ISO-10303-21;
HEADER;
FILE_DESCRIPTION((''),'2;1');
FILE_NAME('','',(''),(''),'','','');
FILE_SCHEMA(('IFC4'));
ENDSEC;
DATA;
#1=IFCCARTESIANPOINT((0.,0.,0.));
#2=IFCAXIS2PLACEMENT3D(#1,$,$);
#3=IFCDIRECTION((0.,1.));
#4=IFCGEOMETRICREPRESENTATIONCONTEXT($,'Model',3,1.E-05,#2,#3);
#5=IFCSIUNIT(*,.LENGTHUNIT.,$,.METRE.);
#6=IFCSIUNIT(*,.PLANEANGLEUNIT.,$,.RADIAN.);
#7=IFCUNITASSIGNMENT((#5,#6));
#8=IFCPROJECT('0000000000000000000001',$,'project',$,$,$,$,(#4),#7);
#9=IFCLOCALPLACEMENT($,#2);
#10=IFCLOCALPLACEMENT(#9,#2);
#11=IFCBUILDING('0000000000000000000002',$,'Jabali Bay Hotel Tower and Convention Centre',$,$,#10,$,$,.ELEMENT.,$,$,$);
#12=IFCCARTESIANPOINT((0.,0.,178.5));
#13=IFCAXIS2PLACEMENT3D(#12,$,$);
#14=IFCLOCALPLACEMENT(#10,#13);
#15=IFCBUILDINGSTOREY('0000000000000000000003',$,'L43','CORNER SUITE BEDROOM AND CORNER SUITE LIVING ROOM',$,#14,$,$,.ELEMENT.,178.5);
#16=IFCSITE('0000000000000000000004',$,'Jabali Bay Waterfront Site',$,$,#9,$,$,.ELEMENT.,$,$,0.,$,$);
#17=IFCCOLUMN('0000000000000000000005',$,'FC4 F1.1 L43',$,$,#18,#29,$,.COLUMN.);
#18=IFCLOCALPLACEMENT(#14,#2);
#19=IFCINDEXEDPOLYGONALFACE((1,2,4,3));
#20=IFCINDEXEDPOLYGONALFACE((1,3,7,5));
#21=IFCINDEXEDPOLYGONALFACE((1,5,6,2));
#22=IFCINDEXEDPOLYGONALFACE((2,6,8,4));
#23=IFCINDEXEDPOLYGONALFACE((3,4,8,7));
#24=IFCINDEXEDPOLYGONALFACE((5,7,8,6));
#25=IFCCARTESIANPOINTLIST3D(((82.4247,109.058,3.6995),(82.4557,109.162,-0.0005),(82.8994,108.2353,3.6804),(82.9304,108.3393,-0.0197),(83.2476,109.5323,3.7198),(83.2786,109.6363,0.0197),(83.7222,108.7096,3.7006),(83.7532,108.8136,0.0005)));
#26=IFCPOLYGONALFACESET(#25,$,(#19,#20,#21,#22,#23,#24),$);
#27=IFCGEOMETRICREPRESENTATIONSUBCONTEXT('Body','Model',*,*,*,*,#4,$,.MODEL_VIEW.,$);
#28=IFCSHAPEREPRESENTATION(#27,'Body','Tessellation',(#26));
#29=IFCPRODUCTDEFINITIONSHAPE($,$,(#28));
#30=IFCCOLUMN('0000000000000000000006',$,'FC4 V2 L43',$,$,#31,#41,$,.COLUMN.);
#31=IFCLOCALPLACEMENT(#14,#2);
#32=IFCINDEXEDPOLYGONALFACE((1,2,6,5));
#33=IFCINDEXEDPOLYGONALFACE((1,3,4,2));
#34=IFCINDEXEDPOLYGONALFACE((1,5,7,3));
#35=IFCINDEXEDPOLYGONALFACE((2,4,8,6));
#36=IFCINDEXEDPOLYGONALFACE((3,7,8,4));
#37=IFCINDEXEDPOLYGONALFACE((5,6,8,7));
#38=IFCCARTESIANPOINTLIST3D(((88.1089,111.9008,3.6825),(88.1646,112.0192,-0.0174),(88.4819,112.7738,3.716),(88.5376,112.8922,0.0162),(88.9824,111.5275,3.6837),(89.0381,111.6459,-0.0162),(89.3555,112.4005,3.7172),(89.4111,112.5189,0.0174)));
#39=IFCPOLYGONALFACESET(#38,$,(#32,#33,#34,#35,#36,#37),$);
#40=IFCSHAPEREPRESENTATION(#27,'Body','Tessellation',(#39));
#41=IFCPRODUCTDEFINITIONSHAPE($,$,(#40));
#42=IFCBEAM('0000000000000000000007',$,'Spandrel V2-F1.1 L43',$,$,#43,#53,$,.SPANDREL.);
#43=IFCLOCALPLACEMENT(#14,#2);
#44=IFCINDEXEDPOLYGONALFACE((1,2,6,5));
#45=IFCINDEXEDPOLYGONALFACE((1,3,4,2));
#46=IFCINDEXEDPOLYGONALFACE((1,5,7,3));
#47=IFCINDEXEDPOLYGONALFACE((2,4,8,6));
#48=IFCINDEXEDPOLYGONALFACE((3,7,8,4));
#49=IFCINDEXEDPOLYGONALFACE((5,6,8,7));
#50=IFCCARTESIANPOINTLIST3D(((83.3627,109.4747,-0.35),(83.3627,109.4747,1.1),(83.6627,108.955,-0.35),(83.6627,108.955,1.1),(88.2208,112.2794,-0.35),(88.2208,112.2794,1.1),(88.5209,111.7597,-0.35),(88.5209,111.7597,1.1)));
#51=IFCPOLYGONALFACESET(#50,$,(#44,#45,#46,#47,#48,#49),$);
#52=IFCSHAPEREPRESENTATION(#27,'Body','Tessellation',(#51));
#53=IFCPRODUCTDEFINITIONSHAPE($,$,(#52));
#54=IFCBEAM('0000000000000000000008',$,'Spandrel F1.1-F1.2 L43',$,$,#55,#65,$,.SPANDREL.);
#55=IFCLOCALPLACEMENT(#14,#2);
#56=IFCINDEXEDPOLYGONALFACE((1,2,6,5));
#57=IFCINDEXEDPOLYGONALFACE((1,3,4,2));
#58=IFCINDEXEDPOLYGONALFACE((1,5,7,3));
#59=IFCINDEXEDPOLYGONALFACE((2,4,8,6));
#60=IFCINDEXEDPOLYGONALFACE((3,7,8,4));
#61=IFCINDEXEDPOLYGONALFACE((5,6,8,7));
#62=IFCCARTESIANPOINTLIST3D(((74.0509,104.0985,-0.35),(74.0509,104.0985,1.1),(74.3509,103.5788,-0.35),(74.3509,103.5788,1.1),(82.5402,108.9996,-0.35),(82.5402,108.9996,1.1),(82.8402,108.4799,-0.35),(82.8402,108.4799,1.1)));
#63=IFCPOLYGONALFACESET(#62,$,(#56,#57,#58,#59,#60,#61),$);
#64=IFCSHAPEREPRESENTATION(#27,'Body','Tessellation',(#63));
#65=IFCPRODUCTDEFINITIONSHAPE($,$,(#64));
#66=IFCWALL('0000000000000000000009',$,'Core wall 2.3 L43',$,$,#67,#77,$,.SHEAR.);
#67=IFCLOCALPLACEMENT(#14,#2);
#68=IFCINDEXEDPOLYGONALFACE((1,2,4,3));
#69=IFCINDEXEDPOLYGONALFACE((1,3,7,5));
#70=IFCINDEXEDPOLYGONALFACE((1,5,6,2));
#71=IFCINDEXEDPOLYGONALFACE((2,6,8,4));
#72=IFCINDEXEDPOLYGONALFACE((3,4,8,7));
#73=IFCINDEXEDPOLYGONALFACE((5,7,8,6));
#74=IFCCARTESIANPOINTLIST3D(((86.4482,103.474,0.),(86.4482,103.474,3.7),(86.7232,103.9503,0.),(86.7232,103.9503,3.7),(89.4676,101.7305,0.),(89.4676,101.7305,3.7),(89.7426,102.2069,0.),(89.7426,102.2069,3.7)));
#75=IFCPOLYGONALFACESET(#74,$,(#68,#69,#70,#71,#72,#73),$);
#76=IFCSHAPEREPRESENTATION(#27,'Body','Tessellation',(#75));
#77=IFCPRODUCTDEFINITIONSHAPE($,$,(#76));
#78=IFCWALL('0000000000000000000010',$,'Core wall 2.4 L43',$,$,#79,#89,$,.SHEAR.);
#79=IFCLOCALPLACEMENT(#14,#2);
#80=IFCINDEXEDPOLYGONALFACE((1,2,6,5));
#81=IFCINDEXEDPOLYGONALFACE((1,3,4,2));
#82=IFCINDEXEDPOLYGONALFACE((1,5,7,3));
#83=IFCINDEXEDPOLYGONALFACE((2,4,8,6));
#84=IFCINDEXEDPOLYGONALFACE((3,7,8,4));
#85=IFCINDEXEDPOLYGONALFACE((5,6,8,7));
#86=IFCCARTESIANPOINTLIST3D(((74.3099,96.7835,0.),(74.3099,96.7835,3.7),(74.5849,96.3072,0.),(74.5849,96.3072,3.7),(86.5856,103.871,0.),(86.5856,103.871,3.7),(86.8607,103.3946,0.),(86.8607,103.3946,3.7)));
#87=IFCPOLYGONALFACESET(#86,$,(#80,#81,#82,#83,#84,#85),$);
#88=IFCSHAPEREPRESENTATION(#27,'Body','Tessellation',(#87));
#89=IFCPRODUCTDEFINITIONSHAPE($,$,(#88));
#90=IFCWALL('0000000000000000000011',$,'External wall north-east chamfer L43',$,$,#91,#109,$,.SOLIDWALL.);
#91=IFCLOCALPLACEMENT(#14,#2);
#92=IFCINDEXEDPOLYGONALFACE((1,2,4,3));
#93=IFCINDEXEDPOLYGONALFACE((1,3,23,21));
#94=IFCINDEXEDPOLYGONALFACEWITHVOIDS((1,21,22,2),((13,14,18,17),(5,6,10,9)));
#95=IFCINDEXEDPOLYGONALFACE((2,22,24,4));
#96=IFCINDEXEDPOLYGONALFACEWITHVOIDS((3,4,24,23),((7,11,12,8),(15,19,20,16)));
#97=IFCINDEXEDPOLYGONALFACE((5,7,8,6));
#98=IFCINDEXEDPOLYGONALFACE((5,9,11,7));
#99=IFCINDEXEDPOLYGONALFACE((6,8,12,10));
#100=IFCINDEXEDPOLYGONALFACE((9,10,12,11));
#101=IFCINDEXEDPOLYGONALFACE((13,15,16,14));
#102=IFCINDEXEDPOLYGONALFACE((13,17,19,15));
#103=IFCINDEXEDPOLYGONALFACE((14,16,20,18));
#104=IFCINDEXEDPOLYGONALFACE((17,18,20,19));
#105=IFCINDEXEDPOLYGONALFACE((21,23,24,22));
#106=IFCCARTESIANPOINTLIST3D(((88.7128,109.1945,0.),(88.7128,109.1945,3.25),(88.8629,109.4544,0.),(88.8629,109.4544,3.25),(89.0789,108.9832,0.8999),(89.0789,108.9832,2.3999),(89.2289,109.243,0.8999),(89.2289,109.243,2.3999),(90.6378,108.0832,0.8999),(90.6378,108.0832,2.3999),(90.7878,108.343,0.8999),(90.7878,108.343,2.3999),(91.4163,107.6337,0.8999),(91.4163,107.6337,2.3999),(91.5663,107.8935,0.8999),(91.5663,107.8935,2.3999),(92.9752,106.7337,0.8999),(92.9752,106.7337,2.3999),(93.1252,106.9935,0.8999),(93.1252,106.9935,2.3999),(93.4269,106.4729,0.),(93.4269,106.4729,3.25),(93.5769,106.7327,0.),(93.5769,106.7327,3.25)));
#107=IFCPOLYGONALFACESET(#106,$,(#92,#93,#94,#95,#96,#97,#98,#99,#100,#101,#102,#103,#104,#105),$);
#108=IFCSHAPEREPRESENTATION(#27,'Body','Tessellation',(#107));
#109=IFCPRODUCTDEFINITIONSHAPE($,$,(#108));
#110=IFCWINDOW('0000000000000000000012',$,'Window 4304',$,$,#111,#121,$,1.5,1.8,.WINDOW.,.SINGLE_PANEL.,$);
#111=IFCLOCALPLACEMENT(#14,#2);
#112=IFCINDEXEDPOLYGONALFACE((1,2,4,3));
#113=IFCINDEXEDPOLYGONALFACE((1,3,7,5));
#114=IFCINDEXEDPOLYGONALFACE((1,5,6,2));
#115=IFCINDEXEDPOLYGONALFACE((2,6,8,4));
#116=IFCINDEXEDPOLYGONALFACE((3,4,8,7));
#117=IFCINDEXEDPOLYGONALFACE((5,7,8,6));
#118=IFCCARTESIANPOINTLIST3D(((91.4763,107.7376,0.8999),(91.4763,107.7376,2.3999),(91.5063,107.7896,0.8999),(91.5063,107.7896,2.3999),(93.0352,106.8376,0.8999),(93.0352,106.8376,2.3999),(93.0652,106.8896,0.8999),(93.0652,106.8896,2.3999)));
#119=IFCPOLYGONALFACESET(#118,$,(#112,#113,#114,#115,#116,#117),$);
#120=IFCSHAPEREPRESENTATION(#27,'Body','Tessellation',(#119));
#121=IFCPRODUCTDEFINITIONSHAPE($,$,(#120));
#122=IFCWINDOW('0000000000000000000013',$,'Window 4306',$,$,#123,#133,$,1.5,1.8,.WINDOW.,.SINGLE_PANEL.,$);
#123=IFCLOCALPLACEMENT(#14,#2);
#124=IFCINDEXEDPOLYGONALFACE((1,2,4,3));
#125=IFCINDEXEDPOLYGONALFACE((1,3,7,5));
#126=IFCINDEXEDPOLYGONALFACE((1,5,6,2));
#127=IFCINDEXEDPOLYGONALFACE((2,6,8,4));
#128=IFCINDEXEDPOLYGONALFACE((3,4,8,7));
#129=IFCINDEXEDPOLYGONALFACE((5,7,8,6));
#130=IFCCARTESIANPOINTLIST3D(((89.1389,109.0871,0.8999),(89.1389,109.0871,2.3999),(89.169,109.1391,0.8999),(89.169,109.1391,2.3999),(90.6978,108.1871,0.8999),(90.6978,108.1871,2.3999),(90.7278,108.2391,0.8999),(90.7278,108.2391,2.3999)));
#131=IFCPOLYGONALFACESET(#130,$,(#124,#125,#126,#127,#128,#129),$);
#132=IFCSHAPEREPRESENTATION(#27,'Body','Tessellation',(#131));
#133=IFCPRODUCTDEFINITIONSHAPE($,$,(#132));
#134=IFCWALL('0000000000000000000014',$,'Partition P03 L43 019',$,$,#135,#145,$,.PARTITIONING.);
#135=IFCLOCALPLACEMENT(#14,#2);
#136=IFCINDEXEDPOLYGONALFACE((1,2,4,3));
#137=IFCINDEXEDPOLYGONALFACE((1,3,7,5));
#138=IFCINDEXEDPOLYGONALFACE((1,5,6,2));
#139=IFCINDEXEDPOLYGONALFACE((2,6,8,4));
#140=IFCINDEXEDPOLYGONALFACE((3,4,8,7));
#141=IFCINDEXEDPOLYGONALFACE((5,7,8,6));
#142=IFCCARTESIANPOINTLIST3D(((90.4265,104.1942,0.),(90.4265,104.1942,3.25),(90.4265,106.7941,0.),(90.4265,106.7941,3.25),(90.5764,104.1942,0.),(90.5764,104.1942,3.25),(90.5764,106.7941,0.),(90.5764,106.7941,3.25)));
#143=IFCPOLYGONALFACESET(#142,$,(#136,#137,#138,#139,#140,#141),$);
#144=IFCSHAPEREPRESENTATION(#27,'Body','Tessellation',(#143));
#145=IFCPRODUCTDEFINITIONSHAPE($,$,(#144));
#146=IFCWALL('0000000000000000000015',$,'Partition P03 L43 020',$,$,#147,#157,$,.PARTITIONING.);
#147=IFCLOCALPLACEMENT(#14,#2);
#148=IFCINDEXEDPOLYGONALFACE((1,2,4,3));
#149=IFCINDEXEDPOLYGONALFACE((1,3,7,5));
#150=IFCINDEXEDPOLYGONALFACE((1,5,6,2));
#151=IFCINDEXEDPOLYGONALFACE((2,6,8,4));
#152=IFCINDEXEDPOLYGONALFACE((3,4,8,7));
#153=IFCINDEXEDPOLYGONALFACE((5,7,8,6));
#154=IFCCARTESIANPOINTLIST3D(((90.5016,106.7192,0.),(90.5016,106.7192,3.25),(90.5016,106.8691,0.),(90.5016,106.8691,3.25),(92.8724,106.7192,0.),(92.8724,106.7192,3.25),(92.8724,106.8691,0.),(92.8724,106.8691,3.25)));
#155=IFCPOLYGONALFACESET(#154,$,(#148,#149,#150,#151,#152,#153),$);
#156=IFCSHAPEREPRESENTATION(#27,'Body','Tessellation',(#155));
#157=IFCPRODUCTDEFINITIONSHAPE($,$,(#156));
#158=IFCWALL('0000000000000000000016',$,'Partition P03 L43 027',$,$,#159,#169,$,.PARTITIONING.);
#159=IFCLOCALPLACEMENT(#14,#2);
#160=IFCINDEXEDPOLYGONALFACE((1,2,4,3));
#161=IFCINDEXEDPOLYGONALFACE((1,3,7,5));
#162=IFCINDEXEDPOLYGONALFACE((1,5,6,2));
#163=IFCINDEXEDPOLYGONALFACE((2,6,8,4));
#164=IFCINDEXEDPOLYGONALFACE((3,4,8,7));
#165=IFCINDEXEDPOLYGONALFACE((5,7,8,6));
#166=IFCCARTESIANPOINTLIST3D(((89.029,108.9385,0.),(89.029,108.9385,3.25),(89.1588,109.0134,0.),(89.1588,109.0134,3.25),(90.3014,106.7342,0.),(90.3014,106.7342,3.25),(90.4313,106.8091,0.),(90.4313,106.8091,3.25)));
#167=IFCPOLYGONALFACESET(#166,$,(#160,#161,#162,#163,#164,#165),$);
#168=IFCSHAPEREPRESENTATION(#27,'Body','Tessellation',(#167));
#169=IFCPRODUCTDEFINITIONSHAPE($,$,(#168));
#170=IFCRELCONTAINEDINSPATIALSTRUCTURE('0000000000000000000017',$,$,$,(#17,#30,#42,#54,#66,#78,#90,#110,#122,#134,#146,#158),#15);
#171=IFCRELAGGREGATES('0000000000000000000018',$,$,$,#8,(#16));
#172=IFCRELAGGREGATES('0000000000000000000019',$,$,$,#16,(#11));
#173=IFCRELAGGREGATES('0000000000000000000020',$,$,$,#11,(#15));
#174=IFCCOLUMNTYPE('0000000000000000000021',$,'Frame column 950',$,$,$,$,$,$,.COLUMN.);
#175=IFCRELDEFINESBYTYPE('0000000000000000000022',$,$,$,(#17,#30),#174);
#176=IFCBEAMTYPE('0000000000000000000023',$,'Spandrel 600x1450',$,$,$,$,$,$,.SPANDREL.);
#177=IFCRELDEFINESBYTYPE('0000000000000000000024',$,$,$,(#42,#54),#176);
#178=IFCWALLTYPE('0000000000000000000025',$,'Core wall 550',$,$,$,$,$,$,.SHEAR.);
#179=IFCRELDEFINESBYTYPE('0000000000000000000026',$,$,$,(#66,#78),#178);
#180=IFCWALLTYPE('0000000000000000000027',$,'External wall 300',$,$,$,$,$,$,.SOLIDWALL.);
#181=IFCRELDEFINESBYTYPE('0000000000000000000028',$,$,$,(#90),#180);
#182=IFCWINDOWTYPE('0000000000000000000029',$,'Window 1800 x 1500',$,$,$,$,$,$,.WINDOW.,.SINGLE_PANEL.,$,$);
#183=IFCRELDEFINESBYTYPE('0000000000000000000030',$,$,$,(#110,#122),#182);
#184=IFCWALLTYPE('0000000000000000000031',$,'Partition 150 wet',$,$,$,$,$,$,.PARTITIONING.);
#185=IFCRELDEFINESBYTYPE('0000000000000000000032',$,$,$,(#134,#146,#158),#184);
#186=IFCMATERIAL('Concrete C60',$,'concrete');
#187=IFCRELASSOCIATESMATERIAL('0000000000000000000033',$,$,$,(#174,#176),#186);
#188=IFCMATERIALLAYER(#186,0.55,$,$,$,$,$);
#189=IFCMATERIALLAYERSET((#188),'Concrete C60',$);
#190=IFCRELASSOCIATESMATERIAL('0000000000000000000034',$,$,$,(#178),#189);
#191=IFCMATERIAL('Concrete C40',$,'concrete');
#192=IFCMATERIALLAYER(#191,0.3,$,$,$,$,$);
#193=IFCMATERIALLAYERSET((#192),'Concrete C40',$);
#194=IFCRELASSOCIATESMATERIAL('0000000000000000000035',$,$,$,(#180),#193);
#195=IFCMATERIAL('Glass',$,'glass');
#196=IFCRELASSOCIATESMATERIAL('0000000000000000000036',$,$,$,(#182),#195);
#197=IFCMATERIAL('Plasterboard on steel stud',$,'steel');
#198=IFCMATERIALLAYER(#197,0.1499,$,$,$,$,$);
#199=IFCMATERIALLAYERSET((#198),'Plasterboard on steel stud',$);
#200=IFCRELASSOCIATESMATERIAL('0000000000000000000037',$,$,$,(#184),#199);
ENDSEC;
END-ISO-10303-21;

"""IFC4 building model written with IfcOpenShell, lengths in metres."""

from ifc_helpers import new_model, si_unit, direction, frame, frame_2d, origin, origin_2d, place, context, subcontext, project, spatial, rectangle, extrude, material, layer, layer_set, material_profile, profile_set, type_object, element, fill, save


model = new_model("IFC4")

# Units and contexts
model_context = context("Model", 3, precision=1e-05, world=origin(), true_north=direction((0.0, 1.0)))
body_context = subcontext(model_context, "Body", "Model", "MODEL_VIEW")
ifc_project = project(units=[si_unit("LENGTHUNIT", "METRE"), si_unit("PLANEANGLEUNIT", "RADIAN")], contexts=[model_context])

# Site, building, storey
site_placement = place(None, origin())
site = spatial("IfcSite", under=ifc_project, at=site_placement, Name="Jabali Bay Waterfront Site", CompositionType="ELEMENT", RefElevation=0.0)
building_placement = place(site_placement, origin())
building = spatial("IfcBuilding", under=site, at=building_placement, Name="Jabali Bay Hotel Tower and Convention Centre", CompositionType="ELEMENT")
storey_placement = place(building_placement, frame((0.0, 0.0, 178.5)))
storey = spatial("IfcBuildingStorey", under=building, at=storey_placement, Name="L43", Description="CORNER SUITE BEDROOM AND CORNER SUITE LIVING ROOM", CompositionType="ELEMENT", Elevation=178.5)

# Columns
ifc_material_1 = material(Name="Concrete C60", Category="concrete")
ifc_material_profile_1 = material_profile(ifc_material_1, rectangle(XDim=0.95, YDim=0.95, at=origin_2d()), Name="Frame column 950")
ifc_profile_set_1 = profile_set([ifc_material_profile_1], Name="Concrete C60")
column_type = type_object("IfcColumnType", Name="Frame column 950", PredefinedType="COLUMN", material=ifc_profile_set_1)
column_1_placement = place(storey_placement, frame((83.1045, 108.9878, 0.0), z_axis=(-0.008376, -0.028097, 0.99957), x_axis=(0.866172, 0.499293, 0.021293)))
element("IfcColumn", 1, at=column_1_placement, inside=storey, type_object=column_type, Name="FC4 F1.1 L43", PredefinedType="COLUMN", context=body_context, shape_type="SweptSolid", body=[
    extrude(rectangle(XDim=0.95, YDim=0.95, at=origin_2d()), origin(), (0.0, 0.0, 1.0), 3.7017),
])
column_2_placement = place(storey_placement, frame((88.7878, 112.269, 0.0), z_axis=(-0.015035, -0.031983, 0.999375), x_axis=(0.91954, -0.392994, 0.001257)))
element("IfcColumn", 2, at=column_2_placement, inside=storey, type_object=column_type, Name="FC4 V2 L43", PredefinedType="COLUMN", context=body_context, shape_type="SweptSolid", body=[
    extrude(rectangle(XDim=0.95, YDim=0.95, at=origin_2d()), origin(), (0.0, 0.0, 1.0), 3.7021),
])

# Beams
ifc_material_profile_2 = material_profile(ifc_material_1, rectangle(XDim=0.6001, YDim=1.45, at=origin_2d()), Name="Spandrel 600x1450")
ifc_profile_set_2 = profile_set([ifc_material_profile_2], Name="Concrete C60")
beam_type = type_object("IfcBeamType", Name="Spandrel 600x1450", PredefinedType="SPANDREL", material=ifc_profile_set_2)
beam_1_placement = place(storey_placement, frame((88.3708, 112.0195, 0.375), z_axis=(-0.866038, -0.499977, 0.0), x_axis=(0.499977, -0.866038, 0.0)))
element("IfcBeam", 3, at=beam_1_placement, inside=storey, type_object=beam_type, Name="Spandrel V2-F1.1 L43", PredefinedType="SPANDREL", context=body_context, shape_type="SweptSolid", body=[
    extrude(rectangle(XDim=0.6001, YDim=1.45, at=origin_2d()), origin(), (0.0, 0.0, 1.0), 5.6096),
])
beam_2_placement = place(storey_placement, frame((82.6902, 108.7397, 0.375), z_axis=(-0.866032, -0.499988, 0.0), x_axis=(0.499988, -0.866032, 0.0)))
element("IfcBeam", 4, at=beam_2_placement, inside=storey, type_object=beam_type, Name="Spandrel F1.1-F1.2 L43", PredefinedType="SPANDREL", context=body_context, shape_type="SweptSolid", body=[
    extrude(rectangle(XDim=0.6001, YDim=1.45, at=origin_2d()), origin(), (0.0, 0.0, 1.0), 9.8025),
])

# Walls
ifc_layer_1 = layer(ifc_material_1, 0.55)
ifc_layer_set_1 = layer_set([ifc_layer_1], Name="Concrete C60")
wall_type_1 = type_object("IfcWallType", Name="Core wall 550", PredefinedType="SHEAR", material=ifc_layer_set_1)
wall_1_placement = place(storey_placement, frame((89.605, 101.9688, 0.0), z_axis=(0.0, 0.0, 1.0), x_axis=(-0.865998, 0.500048, 0.0)))
element("IfcWall", 5, at=wall_1_placement, inside=storey, type_object=wall_type_1, Name="Core wall 2.3 L43", PredefinedType="SHEAR", context=body_context, shape_type="SweptSolid", body=[
    extrude(rectangle(XDim=3.4866, YDim=0.55, at=frame_2d((1.7432, 0.0))), origin(), (0.0, 0.0, 1.0), 3.7),
])
wall_2_placement = place(storey_placement, frame((86.7231, 103.6328, 0.0), z_axis=(0.0, 0.0, 1.0), x_axis=(-0.866024, -0.500003, 0.0)))
element("IfcWall", 6, at=wall_2_placement, inside=storey, type_object=wall_type_1, Name="Core wall 2.4 L43", PredefinedType="SHEAR", context=body_context, shape_type="SweptSolid", body=[
    extrude(rectangle(XDim=14.1748, YDim=0.55, at=frame_2d((7.0874, 0.0))), origin(), (0.0, 0.0, 1.0), 3.7),
])

# Wall, openings, windows
ifc_material_2 = material(Name="Concrete C40", Category="concrete")
ifc_layer_2 = layer(ifc_material_2, 0.3)
ifc_layer_set_2 = layer_set([ifc_layer_2], Name="Concrete C40")
wall_type_2 = type_object("IfcWallType", Name="External wall 300", PredefinedType="SOLIDWALL", material=ifc_layer_set_2)
wall_3_placement = place(storey_placement, frame((88.7878, 109.3245, 0.0), z_axis=(0.0, 0.0, 1.0), x_axis=(0.866026, -0.499998, 0.0)))
wall_3 = element("IfcWall", 7, at=wall_3_placement, inside=storey, type_object=wall_type_2, Name="External wall north-east chamfer L43", PredefinedType="SOLIDWALL", context=body_context, shape_type="SweptSolid", body=[
    extrude(rectangle(XDim=5.4434, YDim=0.3, at=frame_2d((2.7217, 0.0))), origin(), (0.0, 0.0, 1.0), 3.25),
])
opening_1_placement = place(wall_3_placement, frame((3.1218, 0.0, 0.8999)))
opening_1 = element("IfcOpeningElement", 8, at=opening_1_placement, cuts=wall_3, PredefinedType="OPENING", context=body_context, shape_type="SweptSolid", body=[
    extrude(rectangle(XDim=1.8, YDim=1.5, at=frame_2d((0.8999, 0.75))), frame((0.0, 0.1606, 0.0), z_axis=(0.0, -1.0, 0.0), x_axis=(1.0, 0.0, 0.0)), (0.0, 0.0, 1.0), 0.321),
])
opening_2_placement = place(wall_3_placement, frame((0.4229, 0.0, 0.8999)))
opening_2 = element("IfcOpeningElement", 9, at=opening_2_placement, cuts=wall_3, PredefinedType="OPENING", context=body_context, shape_type="SweptSolid", body=[
    extrude(rectangle(XDim=1.8, YDim=1.5, at=frame_2d((0.8999, 0.75))), frame((0.0, 0.1606, 0.0), z_axis=(0.0, -1.0, 0.0), x_axis=(1.0, 0.0, 0.0)), (0.0, 0.0, 1.0), 0.321),
])
ifc_material_3 = material(Name="Glass", Category="glass")
window_type = type_object("IfcWindowType", Name="Window 1800 x 1500", PartitioningType="SINGLE_PANEL", PredefinedType="WINDOW", material=ifc_material_3)
window_1_placement = place(opening_1_placement, origin())
window_1 = element("IfcWindow", 10, at=window_1_placement, inside=storey, type_object=window_type, Name="Window 4304", OverallHeight=1.5, OverallWidth=1.8, PartitioningType="SINGLE_PANEL", PredefinedType="WINDOW", context=body_context, shape_type="SweptSolid", body=[
    extrude(rectangle(XDim=1.8, YDim=1.5, at=frame_2d((0.8999, 0.75))), frame((0.0, 0.03, 0.0), z_axis=(0.0, -1.0, 0.0), x_axis=(1.0, 0.0, 0.0)), (0.0, 0.0, 1.0), 0.0601),
])
fill(opening_1, window_1)
window_2_placement = place(opening_2_placement, origin())
window_2 = element("IfcWindow", 11, at=window_2_placement, inside=storey, type_object=window_type, Name="Window 4306", OverallHeight=1.5, OverallWidth=1.8, PartitioningType="SINGLE_PANEL", PredefinedType="WINDOW", context=body_context, shape_type="SweptSolid", body=[
    extrude(rectangle(XDim=1.8, YDim=1.5, at=frame_2d((0.8999, 0.75))), frame((0.0, 0.03, 0.0), z_axis=(0.0, -1.0, 0.0), x_axis=(1.0, 0.0, 0.0)), (0.0, 0.0, 1.0), 0.0601),
])
fill(opening_2, window_2)

# Walls
ifc_material_4 = material(Name="Plasterboard on steel stud", Category="steel")
ifc_layer_3 = layer(ifc_material_4, 0.1499)
ifc_layer_set_3 = layer_set([ifc_layer_3], Name="Plasterboard on steel stud")
wall_type_3 = type_object("IfcWallType", Name="Partition 150 wet", PredefinedType="PARTITIONING", material=ifc_layer_set_3)
wall_4_placement = place(storey_placement, frame((90.5015, 104.1943, 0.0), z_axis=(0.0, 0.0, 1.0), x_axis=(0.0, 1.0, 0.0)))
element("IfcWall", 12, at=wall_4_placement, inside=storey, type_object=wall_type_3, Name="Partition P03 L43 019", PredefinedType="PARTITIONING", context=body_context, shape_type="SweptSolid", body=[
    extrude(rectangle(XDim=2.5999, YDim=0.1499, at=frame_2d((1.2998, 0.0))), origin(), (0.0, 0.0, 1.0), 3.25),
])
wall_5_placement = place(storey_placement, frame((90.5015, 106.7942, 0.0), z_axis=(0.0, 0.0, 1.0), x_axis=(1.0, 0.0, 0.0)))
element("IfcWall", 13, at=wall_5_placement, inside=storey, type_object=wall_type_3, Name="Partition P03 L43 020", PredefinedType="PARTITIONING", context=body_context, shape_type="SweptSolid", body=[
    extrude(rectangle(XDim=2.3708, YDim=0.1499, at=frame_2d((1.1855, 0.0))), origin(), (0.0, 0.0, 1.0), 3.25),
])
wall_6_placement = place(storey_placement, frame((89.094, 108.9758, 0.0), z_axis=(0.0, 0.0, 1.0), x_axis=(0.499936, -0.866063, 0.0)))
element("IfcWall", 14, at=wall_6_placement, inside=storey, type_object=wall_type_3, Name="Partition P03 L43 027", PredefinedType="PARTITIONING", context=body_context, shape_type="SweptSolid", body=[
    extrude(rectangle(XDim=2.5452, YDim=0.1499, at=frame_2d((1.2725, 0.0))), origin(), (0.0, 0.0, 1.0), 3.25),
])

save(model, "model.ifc")
